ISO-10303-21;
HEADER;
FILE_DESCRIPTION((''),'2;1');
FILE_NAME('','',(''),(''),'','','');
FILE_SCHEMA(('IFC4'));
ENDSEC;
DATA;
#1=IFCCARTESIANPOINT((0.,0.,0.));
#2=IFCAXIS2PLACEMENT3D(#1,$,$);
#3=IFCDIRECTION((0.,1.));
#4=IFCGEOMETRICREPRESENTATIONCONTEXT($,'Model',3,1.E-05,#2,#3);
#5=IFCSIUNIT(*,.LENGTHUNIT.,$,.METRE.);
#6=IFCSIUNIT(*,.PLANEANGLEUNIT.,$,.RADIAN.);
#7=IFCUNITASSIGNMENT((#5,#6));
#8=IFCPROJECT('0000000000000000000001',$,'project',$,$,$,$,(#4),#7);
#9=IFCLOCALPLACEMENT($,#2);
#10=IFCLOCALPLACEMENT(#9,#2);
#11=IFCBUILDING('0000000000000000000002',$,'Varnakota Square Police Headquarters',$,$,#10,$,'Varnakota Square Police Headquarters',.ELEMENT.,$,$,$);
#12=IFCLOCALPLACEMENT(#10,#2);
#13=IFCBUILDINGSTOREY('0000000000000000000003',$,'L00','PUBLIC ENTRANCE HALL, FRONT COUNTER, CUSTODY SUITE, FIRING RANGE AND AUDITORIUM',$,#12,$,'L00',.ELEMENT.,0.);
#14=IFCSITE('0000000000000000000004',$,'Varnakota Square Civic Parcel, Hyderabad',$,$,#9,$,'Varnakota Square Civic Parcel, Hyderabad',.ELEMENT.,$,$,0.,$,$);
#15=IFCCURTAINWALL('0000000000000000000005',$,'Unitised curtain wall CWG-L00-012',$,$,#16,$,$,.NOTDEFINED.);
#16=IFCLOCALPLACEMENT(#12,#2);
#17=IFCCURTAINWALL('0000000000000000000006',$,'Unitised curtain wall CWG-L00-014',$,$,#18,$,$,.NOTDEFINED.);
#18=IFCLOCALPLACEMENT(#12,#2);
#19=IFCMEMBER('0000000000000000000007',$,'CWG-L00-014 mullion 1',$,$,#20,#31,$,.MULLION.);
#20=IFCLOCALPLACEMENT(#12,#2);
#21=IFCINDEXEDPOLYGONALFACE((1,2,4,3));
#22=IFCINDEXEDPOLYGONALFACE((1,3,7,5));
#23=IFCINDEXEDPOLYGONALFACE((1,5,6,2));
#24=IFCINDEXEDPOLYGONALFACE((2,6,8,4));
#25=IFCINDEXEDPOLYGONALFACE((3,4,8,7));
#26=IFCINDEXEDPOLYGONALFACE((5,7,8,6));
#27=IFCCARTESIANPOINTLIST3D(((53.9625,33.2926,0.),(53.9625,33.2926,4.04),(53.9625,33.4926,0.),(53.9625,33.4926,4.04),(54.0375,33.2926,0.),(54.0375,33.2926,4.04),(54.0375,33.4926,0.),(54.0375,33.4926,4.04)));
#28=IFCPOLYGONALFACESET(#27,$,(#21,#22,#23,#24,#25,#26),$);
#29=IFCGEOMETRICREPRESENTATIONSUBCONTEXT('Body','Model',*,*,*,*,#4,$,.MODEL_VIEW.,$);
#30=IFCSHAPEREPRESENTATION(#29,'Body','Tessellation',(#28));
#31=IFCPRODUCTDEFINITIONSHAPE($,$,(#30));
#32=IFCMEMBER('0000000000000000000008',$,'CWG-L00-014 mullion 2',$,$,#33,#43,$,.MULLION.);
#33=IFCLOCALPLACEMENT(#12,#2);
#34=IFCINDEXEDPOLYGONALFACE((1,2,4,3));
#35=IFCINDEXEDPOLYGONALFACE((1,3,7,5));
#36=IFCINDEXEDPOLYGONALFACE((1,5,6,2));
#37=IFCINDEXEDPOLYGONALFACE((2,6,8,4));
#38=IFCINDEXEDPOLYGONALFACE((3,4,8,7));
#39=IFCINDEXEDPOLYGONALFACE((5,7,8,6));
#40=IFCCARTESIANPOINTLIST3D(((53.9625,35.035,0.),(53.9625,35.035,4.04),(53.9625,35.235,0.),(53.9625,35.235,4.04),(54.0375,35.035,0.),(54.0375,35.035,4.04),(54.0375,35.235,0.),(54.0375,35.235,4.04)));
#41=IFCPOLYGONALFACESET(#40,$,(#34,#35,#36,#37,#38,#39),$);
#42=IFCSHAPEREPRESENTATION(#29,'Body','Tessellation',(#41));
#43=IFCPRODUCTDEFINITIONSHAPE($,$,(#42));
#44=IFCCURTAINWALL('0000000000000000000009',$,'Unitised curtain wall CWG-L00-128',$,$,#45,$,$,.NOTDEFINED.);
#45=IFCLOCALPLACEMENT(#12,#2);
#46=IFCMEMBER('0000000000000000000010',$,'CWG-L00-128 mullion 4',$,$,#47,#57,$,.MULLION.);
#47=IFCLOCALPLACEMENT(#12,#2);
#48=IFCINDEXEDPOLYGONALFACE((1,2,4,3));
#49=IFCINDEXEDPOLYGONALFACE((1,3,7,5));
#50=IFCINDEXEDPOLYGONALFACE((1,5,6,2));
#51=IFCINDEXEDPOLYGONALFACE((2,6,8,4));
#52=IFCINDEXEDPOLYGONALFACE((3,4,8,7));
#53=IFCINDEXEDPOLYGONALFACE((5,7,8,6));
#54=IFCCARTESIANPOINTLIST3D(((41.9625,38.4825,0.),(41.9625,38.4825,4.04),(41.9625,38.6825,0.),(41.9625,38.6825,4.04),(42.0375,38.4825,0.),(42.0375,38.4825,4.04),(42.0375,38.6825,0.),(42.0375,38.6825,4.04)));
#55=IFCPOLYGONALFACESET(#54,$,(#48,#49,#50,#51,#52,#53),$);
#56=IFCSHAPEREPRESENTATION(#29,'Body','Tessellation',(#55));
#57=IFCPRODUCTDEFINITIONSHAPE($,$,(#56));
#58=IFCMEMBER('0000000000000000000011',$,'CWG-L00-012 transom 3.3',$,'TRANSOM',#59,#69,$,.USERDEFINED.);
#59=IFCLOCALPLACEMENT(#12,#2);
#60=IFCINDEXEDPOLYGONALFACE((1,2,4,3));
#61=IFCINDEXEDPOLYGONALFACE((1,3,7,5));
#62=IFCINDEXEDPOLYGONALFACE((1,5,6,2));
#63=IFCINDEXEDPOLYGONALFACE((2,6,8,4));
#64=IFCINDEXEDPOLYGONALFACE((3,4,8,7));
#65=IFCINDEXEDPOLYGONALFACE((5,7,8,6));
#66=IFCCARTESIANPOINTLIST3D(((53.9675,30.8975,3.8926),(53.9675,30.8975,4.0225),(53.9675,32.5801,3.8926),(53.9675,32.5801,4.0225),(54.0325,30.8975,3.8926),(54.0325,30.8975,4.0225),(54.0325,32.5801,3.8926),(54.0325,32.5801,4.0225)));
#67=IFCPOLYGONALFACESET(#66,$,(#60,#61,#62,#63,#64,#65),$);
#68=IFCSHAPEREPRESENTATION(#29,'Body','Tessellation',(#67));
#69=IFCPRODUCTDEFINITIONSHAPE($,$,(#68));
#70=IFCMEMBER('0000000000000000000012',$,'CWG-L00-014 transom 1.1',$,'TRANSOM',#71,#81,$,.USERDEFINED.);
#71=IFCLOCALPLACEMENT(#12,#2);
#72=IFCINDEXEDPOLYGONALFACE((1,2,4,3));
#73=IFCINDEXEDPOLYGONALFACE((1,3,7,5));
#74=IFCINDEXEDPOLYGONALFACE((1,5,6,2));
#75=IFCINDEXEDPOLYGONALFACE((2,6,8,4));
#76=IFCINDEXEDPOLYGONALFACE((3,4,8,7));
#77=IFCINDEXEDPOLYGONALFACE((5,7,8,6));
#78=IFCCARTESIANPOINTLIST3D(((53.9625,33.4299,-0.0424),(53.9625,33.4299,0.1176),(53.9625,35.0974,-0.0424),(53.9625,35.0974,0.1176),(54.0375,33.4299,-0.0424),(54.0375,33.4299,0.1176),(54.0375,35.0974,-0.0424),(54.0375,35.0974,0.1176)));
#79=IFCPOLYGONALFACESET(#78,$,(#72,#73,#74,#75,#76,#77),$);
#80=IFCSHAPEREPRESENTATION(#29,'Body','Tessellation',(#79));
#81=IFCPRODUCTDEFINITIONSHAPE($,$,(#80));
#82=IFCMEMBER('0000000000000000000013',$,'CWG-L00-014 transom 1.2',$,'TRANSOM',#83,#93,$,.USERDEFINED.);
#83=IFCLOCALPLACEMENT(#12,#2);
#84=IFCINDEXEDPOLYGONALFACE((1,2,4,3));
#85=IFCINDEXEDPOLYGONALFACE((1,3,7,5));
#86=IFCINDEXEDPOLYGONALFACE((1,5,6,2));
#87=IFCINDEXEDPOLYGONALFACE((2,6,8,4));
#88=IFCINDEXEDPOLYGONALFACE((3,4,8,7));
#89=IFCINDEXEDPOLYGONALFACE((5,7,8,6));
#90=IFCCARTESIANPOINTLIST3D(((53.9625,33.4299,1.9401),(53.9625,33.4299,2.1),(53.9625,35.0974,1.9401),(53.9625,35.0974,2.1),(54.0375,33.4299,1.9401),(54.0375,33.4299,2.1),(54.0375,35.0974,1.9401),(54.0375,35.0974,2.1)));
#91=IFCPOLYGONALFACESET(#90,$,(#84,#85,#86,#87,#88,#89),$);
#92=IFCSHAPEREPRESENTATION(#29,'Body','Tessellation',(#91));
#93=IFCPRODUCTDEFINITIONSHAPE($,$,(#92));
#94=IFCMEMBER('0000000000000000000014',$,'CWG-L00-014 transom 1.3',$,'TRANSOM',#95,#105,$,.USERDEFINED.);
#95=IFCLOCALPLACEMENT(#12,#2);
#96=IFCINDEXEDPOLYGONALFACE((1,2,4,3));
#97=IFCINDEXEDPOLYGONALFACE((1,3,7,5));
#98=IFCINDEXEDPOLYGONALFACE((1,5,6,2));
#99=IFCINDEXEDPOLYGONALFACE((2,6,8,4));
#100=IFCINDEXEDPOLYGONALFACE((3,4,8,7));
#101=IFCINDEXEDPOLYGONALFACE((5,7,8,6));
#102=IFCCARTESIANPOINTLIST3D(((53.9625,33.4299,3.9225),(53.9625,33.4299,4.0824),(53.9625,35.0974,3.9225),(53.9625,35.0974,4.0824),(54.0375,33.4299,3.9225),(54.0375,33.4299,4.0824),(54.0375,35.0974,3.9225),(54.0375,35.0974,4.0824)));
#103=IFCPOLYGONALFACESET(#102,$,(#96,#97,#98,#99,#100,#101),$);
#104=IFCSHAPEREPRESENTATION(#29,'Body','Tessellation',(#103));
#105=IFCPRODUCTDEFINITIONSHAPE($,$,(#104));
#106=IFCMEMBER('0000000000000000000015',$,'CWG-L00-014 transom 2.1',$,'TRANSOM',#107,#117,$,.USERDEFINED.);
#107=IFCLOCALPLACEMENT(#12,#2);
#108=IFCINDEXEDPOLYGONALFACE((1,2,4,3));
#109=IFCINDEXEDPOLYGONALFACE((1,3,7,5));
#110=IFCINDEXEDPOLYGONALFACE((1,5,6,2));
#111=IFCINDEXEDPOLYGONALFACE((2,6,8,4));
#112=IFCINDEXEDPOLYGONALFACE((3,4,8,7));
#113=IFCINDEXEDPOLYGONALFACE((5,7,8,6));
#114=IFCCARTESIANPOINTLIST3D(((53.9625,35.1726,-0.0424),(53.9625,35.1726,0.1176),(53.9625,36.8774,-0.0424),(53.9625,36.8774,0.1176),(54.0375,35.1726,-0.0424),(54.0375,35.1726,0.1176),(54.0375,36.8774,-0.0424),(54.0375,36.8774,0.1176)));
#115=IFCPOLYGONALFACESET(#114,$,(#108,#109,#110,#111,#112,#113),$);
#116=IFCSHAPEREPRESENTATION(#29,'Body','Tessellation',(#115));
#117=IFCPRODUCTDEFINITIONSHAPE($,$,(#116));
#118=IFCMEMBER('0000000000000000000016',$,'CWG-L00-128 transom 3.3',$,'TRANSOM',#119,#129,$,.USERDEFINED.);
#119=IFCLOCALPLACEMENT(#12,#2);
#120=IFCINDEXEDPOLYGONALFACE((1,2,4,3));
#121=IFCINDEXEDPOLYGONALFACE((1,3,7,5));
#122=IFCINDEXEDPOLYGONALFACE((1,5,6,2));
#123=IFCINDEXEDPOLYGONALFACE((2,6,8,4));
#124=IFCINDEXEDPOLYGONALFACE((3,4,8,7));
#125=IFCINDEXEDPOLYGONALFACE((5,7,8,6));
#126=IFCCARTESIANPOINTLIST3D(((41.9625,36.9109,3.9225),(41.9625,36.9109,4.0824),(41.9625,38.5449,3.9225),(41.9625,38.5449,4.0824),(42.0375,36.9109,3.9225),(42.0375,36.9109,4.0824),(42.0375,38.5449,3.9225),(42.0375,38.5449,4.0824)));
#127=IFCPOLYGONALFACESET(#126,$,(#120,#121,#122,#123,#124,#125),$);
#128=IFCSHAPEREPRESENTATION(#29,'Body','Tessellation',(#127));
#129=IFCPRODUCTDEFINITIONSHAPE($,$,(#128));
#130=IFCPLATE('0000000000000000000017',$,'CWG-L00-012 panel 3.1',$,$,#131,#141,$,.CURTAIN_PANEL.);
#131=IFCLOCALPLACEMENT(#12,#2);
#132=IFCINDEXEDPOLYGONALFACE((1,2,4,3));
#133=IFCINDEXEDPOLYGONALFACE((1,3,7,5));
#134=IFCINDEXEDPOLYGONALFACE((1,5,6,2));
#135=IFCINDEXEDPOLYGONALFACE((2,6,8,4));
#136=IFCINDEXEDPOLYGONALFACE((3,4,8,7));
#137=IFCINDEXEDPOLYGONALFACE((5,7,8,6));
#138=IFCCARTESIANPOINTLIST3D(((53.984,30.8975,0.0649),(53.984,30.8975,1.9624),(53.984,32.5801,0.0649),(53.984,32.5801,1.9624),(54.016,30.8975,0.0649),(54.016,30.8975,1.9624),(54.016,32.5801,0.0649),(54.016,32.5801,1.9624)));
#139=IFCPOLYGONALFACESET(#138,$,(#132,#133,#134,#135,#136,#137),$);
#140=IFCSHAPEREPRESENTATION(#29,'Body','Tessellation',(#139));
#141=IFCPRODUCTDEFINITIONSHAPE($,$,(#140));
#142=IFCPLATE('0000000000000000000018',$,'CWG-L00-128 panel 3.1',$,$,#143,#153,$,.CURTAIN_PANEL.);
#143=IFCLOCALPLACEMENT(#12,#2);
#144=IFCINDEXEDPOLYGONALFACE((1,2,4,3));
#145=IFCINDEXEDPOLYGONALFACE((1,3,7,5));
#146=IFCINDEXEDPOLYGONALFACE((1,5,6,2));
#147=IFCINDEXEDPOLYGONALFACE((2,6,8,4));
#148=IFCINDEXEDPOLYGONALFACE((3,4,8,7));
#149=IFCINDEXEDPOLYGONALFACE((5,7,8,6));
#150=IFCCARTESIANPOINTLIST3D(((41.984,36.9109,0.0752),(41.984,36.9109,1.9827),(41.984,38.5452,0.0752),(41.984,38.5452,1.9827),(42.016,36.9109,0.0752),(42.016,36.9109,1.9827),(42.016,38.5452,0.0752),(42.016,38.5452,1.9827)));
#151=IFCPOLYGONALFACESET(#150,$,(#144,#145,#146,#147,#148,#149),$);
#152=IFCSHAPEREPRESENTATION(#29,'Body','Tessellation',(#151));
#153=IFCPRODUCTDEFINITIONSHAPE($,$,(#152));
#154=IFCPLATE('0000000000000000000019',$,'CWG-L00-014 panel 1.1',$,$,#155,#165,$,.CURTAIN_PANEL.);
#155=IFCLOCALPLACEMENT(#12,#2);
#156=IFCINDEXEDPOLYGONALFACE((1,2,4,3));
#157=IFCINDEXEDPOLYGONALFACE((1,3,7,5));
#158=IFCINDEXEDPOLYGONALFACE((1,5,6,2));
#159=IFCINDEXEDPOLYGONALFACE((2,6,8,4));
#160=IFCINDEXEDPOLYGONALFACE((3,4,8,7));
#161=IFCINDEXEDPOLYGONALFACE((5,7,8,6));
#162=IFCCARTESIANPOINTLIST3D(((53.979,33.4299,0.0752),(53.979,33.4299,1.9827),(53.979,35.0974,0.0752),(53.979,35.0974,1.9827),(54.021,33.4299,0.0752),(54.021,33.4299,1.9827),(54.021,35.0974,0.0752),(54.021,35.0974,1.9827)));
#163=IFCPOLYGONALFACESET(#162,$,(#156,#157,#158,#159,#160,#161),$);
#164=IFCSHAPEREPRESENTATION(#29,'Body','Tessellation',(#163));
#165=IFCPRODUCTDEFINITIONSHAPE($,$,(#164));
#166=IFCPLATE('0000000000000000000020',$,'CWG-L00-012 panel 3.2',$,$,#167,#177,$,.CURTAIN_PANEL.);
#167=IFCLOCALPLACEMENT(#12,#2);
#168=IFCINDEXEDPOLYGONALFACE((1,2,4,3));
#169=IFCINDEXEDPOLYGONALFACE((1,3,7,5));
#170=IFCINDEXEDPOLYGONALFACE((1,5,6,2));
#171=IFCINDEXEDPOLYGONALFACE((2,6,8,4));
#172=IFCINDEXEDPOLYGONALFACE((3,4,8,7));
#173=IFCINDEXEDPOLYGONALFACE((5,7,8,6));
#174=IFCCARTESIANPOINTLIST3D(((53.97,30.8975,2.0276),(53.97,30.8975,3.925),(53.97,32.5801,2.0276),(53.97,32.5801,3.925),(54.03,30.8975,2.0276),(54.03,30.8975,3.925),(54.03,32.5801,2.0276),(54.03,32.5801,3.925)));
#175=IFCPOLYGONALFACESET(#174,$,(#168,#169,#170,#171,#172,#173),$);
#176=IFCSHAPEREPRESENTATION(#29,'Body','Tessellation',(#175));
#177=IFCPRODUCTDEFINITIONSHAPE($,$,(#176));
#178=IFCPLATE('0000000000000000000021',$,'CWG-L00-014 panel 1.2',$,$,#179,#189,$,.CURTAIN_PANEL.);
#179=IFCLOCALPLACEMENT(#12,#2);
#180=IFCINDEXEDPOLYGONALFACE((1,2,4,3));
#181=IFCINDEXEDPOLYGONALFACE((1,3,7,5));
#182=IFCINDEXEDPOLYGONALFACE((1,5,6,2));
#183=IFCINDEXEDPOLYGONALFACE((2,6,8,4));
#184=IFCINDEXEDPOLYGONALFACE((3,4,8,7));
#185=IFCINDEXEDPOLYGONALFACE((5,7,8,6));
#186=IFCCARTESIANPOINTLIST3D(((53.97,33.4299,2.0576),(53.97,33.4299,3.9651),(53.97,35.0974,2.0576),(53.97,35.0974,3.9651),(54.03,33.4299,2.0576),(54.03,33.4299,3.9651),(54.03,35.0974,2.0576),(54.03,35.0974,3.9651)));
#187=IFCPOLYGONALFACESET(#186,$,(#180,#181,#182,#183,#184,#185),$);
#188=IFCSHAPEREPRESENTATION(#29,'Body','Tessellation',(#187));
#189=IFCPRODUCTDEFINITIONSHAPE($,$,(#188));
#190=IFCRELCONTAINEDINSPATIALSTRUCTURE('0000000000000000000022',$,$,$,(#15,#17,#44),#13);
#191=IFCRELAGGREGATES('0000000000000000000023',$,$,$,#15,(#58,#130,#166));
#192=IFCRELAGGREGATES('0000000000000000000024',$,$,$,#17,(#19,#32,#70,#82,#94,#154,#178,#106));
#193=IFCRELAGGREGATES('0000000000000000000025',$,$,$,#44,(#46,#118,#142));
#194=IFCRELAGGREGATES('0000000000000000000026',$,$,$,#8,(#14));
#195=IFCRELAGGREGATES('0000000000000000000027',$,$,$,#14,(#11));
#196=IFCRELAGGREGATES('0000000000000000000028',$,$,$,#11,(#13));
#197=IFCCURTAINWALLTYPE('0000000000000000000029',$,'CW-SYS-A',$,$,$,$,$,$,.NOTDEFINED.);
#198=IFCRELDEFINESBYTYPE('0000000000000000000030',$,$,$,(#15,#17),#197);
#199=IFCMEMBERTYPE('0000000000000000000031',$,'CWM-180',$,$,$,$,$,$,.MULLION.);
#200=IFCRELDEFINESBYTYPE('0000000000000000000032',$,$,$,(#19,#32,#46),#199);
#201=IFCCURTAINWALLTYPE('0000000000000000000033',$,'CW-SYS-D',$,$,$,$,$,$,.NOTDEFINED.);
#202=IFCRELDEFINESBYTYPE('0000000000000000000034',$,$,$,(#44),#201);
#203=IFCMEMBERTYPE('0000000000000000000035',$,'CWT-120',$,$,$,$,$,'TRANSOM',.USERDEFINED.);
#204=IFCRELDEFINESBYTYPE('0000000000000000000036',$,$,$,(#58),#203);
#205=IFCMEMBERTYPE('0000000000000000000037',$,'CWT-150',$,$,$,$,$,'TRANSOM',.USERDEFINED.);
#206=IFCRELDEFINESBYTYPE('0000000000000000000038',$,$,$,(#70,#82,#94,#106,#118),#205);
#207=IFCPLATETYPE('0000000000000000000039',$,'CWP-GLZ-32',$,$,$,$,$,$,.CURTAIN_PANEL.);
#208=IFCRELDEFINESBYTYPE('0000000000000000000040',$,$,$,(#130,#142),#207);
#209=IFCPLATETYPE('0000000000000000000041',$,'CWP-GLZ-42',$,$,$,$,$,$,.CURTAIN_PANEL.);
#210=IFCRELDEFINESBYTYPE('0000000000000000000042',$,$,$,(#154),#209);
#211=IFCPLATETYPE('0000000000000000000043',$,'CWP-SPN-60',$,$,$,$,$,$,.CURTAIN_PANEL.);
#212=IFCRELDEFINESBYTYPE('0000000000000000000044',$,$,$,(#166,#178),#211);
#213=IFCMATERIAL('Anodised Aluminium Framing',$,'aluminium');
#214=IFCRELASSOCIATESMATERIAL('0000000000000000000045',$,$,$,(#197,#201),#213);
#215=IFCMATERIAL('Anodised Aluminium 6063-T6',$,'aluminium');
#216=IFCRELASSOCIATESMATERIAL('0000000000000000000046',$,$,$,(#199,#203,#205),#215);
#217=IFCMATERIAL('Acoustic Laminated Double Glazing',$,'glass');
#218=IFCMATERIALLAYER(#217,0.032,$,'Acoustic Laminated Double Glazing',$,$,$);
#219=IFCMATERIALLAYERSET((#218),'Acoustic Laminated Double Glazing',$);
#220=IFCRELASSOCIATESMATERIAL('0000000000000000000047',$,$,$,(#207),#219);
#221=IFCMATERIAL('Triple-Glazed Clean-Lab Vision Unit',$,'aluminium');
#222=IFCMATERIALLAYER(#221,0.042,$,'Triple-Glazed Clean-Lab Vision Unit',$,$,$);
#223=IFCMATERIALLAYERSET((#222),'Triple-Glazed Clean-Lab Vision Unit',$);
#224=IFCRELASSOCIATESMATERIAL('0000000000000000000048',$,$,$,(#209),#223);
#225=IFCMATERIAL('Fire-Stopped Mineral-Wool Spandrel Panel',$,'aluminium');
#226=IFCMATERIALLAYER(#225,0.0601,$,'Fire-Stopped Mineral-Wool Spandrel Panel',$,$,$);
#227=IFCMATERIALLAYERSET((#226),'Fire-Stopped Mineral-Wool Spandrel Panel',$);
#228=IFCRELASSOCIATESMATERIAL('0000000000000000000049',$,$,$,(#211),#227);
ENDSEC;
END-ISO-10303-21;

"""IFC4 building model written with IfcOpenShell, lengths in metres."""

from ifc_helpers import new_model, si_unit, direction, frame, origin, origin_2d, place, context, subcontext, project, spatial, rectangle, extrude, material, layer, layer_set, material_profile, profile_set, type_object, element, aggregate, save


model = new_model("IFC4")

# Units and contexts
model_context = context("Model", 3, precision=1e-05, world=origin(), true_north=direction((0.0, 1.0)))
body_context = subcontext(model_context, "Body", "Model", "MODEL_VIEW")
ifc_project = project(units=[si_unit("LENGTHUNIT", "METRE"), si_unit("PLANEANGLEUNIT", "RADIAN")], contexts=[model_context])

# Site, building, storey
site_placement = place(None, origin())
site = spatial("IfcSite", under=ifc_project, at=site_placement, Name="Varnakota Square Civic Parcel, Hyderabad", LongName="Varnakota Square Civic Parcel, Hyderabad", CompositionType="ELEMENT", RefElevation=0.0)
building_placement = place(site_placement, origin())
building = spatial("IfcBuilding", under=site, at=building_placement, Name="Varnakota Square Police Headquarters", LongName="Varnakota Square Police Headquarters", CompositionType="ELEMENT")
storey_placement = place(building_placement, origin())
storey = spatial("IfcBuildingStorey", under=building, at=storey_placement, Name="L00", Description="PUBLIC ENTRANCE HALL, FRONT COUNTER, CUSTODY SUITE, FIRING RANGE AND AUDITORIUM", LongName="L00", CompositionType="ELEMENT", Elevation=0.0)

# Curtain wall
ifc_material_1 = material(Name="Anodised Aluminium Framing", Category="aluminium")
curtain_wall_type_1 = type_object("IfcCurtainWallType", Name="CW-SYS-A", PredefinedType="NOTDEFINED", material=ifc_material_1)
curtain_wall_1_placement = place(storey_placement, origin())
curtain_wall_1 = element("IfcCurtainWall", 1, at=curtain_wall_1_placement, inside=storey, type_object=curtain_wall_type_1, Name="Unitised curtain wall CWG-L00-012", PredefinedType="NOTDEFINED")
ifc_material_2 = material(Name="Anodised Aluminium 6063-T6", Category="aluminium")

# Curtain wall, members
curtain_wall_2_placement = place(storey_placement, origin())
curtain_wall_2 = element("IfcCurtainWall", 2, at=curtain_wall_2_placement, inside=storey, type_object=curtain_wall_type_1, Name="Unitised curtain wall CWG-L00-014", PredefinedType="NOTDEFINED")
ifc_material_profile_1 = material_profile(ifc_material_2, rectangle(XDim=0.075, YDim=0.2, at=origin_2d()), Name="ALU MULLION 75x200")
ifc_profile_set_1 = profile_set([ifc_material_profile_1], Name="Anodised Aluminium 6063-T6")
member_type_1 = type_object("IfcMemberType", Name="CWM-180", PredefinedType="MULLION", material=ifc_profile_set_1)
member_1_placement = place(storey_placement, frame((54.0, 33.3926, 0.0), z_axis=(0.0, 0.0, 1.0), x_axis=(-1.0, 0.0, 0.0)))
member_1 = element("IfcMember", 3, at=member_1_placement, type_object=member_type_1, Name="CWG-L00-014 mullion 1", PredefinedType="MULLION", context=body_context, shape_type="SweptSolid", body=[
    extrude(rectangle(XDim=0.075, YDim=0.2, at=origin_2d()), origin(), (0.0, 0.0, 1.0), 4.04),
])
member_2_placement = place(storey_placement, frame((54.0, 35.135, 0.0), z_axis=(0.0, 0.0, 1.0), x_axis=(-1.0, 0.0, 0.0)))
member_2 = element("IfcMember", 4, at=member_2_placement, type_object=member_type_1, Name="CWG-L00-014 mullion 2", PredefinedType="MULLION", context=body_context, shape_type="SweptSolid", body=[
    extrude(rectangle(XDim=0.075, YDim=0.2, at=origin_2d()), origin(), (0.0, 0.0, 1.0), 4.04),
])

# Curtain wall, member
curtain_wall_type_2 = type_object("IfcCurtainWallType", Name="CW-SYS-D", PredefinedType="NOTDEFINED", material=ifc_material_1)
curtain_wall_3_placement = place(storey_placement, origin())
curtain_wall_3 = element("IfcCurtainWall", 5, at=curtain_wall_3_placement, inside=storey, type_object=curtain_wall_type_2, Name="Unitised curtain wall CWG-L00-128", PredefinedType="NOTDEFINED")
member_3_placement = place(storey_placement, frame((42.0, 38.5825, 0.0), z_axis=(0.0, 0.0, 1.0), x_axis=(-1.0, 0.0, 0.0)))
member_3 = element("IfcMember", 6, at=member_3_placement, type_object=member_type_1, Name="CWG-L00-128 mullion 4", PredefinedType="MULLION", context=body_context, shape_type="SweptSolid", body=[
    extrude(rectangle(XDim=0.075, YDim=0.2, at=origin_2d()), origin(), (0.0, 0.0, 1.0), 4.04),
])

# Members
ifc_material_profile_2 = material_profile(ifc_material_2, rectangle(XDim=0.0649, YDim=0.1299, at=origin_2d()), Name="ALU TRANSOM 65x130")
ifc_profile_set_2 = profile_set([ifc_material_profile_2], Name="Anodised Aluminium 6063-T6")
member_type_2 = type_object("IfcMemberType", Name="CWT-120", ElementType="TRANSOM", PredefinedType="USERDEFINED", material=ifc_profile_set_2)
member_4_placement = place(storey_placement, frame((54.0, 30.8975, 3.9575), z_axis=(0.0, 1.0, 0.0), x_axis=(-1.0, 0.0, 0.0)))
member_4 = element("IfcMember", 7, at=member_4_placement, type_object=member_type_2, Name="CWG-L00-012 transom 3.3", ObjectType="TRANSOM", PredefinedType="USERDEFINED", context=body_context, shape_type="SweptSolid", body=[
    extrude(rectangle(XDim=0.0649, YDim=0.1299, at=origin_2d()), origin(), (0.0, 0.0, 1.0), 1.6826),
])
ifc_material_profile_3 = material_profile(ifc_material_2, rectangle(XDim=0.075, YDim=0.1599, at=origin_2d()), Name="ALU TRANSOM 75x160")
ifc_profile_set_3 = profile_set([ifc_material_profile_3], Name="Anodised Aluminium 6063-T6")
member_type_3 = type_object("IfcMemberType", Name="CWT-150", ElementType="TRANSOM", PredefinedType="USERDEFINED", material=ifc_profile_set_3)
member_5_placement = place(storey_placement, frame((54.0, 33.4299, 0.0376), z_axis=(0.0, 1.0, 0.0), x_axis=(-1.0, 0.0, 0.0)))
member_5 = element("IfcMember", 8, at=member_5_placement, type_object=member_type_3, Name="CWG-L00-014 transom 1.1", ObjectType="TRANSOM", PredefinedType="USERDEFINED", context=body_context, shape_type="SweptSolid", body=[
    extrude(rectangle(XDim=0.075, YDim=0.1599, at=origin_2d()), origin(), (0.0, 0.0, 1.0), 1.6675),
])
member_6_placement = place(storey_placement, frame((54.0, 33.4299, 2.02), z_axis=(0.0, 1.0, 0.0), x_axis=(-1.0, 0.0, 0.0)))
member_6 = element("IfcMember", 9, at=member_6_placement, type_object=member_type_3, Name="CWG-L00-014 transom 1.2", ObjectType="TRANSOM", PredefinedType="USERDEFINED", context=body_context, shape_type="SweptSolid", body=[
    extrude(rectangle(XDim=0.075, YDim=0.1599, at=origin_2d()), origin(), (0.0, 0.0, 1.0), 1.6675),
])
member_7_placement = place(storey_placement, frame((54.0, 33.4299, 4.0024), z_axis=(0.0, 1.0, 0.0), x_axis=(-1.0, 0.0, 0.0)))
member_7 = element("IfcMember", 10, at=member_7_placement, type_object=member_type_3, Name="CWG-L00-014 transom 1.3", ObjectType="TRANSOM", PredefinedType="USERDEFINED", context=body_context, shape_type="SweptSolid", body=[
    extrude(rectangle(XDim=0.075, YDim=0.1599, at=origin_2d()), origin(), (0.0, 0.0, 1.0), 1.6675),
])
member_8_placement = place(storey_placement, frame((54.0, 35.1726, 0.0376), z_axis=(0.0, 1.0, 0.0), x_axis=(-1.0, 0.0, 0.0)))
member_8 = element("IfcMember", 11, at=member_8_placement, type_object=member_type_3, Name="CWG-L00-014 transom 2.1", ObjectType="TRANSOM", PredefinedType="USERDEFINED", context=body_context, shape_type="SweptSolid", body=[
    extrude(rectangle(XDim=0.075, YDim=0.1599, at=origin_2d()), origin(), (0.0, 0.0, 1.0), 1.7048),
])
member_9_placement = place(storey_placement, frame((42.0, 36.9109, 4.0024), z_axis=(0.0, 1.0, 0.0), x_axis=(-1.0, 0.0, 0.0)))
member_9 = element("IfcMember", 12, at=member_9_placement, type_object=member_type_3, Name="CWG-L00-128 transom 3.3", ObjectType="TRANSOM", PredefinedType="USERDEFINED", context=body_context, shape_type="SweptSolid", body=[
    extrude(rectangle(XDim=0.075, YDim=0.1599, at=origin_2d()), origin(), (0.0, 0.0, 1.0), 1.634),
])

# Plates
ifc_material_3 = material(Name="Acoustic Laminated Double Glazing", Category="glass")
ifc_layer_1 = layer(ifc_material_3, 0.032, Name="Acoustic Laminated Double Glazing")
ifc_layer_set_1 = layer_set([ifc_layer_1], Name="Acoustic Laminated Double Glazing")
plate_type_1 = type_object("IfcPlateType", Name="CWP-GLZ-32", PredefinedType="CURTAIN_PANEL", material=ifc_layer_set_1)
plate_1_placement = place(storey_placement, frame((54.0, 31.7388, 0.0649), z_axis=(0.0, 0.0, 1.0), x_axis=(0.0, 1.0, 0.0)))
plate_1 = element("IfcPlate", 13, at=plate_1_placement, type_object=plate_type_1, Name="CWG-L00-012 panel 3.1", PredefinedType="CURTAIN_PANEL", context=body_context, shape_type="SweptSolid", body=[
    extrude(rectangle(XDim=1.6826, YDim=0.032, at=origin_2d()), origin(), (0.0, 0.0, 1.0), 1.8975),
])
plate_2_placement = place(storey_placement, frame((42.0, 37.728, 0.0752), z_axis=(0.0, 0.0, 1.0), x_axis=(0.0, 1.0, 0.0)))
plate_2 = element("IfcPlate", 14, at=plate_2_placement, type_object=plate_type_1, Name="CWG-L00-128 panel 3.1", PredefinedType="CURTAIN_PANEL", context=body_context, shape_type="SweptSolid", body=[
    extrude(rectangle(XDim=1.6343, YDim=0.032, at=origin_2d()), origin(), (0.0, 0.0, 1.0), 1.9075),
])
ifc_material_4 = material(Name="Triple-Glazed Clean-Lab Vision Unit", Category="aluminium")
ifc_layer_2 = layer(ifc_material_4, 0.042, Name="Triple-Glazed Clean-Lab Vision Unit")
ifc_layer_set_2 = layer_set([ifc_layer_2], Name="Triple-Glazed Clean-Lab Vision Unit")
plate_type_2 = type_object("IfcPlateType", Name="CWP-GLZ-42", PredefinedType="CURTAIN_PANEL", material=ifc_layer_set_2)
plate_3_placement = place(storey_placement, frame((54.0, 34.2637, 0.0752), z_axis=(0.0, 0.0, 1.0), x_axis=(0.0, 1.0, 0.0)))
plate_3 = element("IfcPlate", 15, at=plate_3_placement, type_object=plate_type_2, Name="CWG-L00-014 panel 1.1", PredefinedType="CURTAIN_PANEL", context=body_context, shape_type="SweptSolid", body=[
    extrude(rectangle(XDim=1.6675, YDim=0.042, at=origin_2d()), origin(), (0.0, 0.0, 1.0), 1.9075),
])
ifc_material_5 = material(Name="Fire-Stopped Mineral-Wool Spandrel Panel", Category="aluminium")
ifc_layer_3 = layer(ifc_material_5, 0.0601, Name="Fire-Stopped Mineral-Wool Spandrel Panel")
ifc_layer_set_3 = layer_set([ifc_layer_3], Name="Fire-Stopped Mineral-Wool Spandrel Panel")
plate_type_3 = type_object("IfcPlateType", Name="CWP-SPN-60", PredefinedType="CURTAIN_PANEL", material=ifc_layer_set_3)
plate_4_placement = place(storey_placement, frame((54.0, 31.7388, 2.0276), z_axis=(0.0, 0.0, 1.0), x_axis=(0.0, 1.0, 0.0)))
plate_4 = element("IfcPlate", 16, at=plate_4_placement, type_object=plate_type_3, Name="CWG-L00-012 panel 3.2", PredefinedType="CURTAIN_PANEL", context=body_context, shape_type="SweptSolid", body=[
    extrude(rectangle(XDim=1.6826, YDim=0.0601, at=origin_2d()), origin(), (0.0, 0.0, 1.0), 1.8975),
])
aggregate(curtain_wall_1, [member_4, plate_1, plate_4])
plate_5_placement = place(storey_placement, frame((54.0, 34.2637, 2.0576), z_axis=(0.0, 0.0, 1.0), x_axis=(0.0, 1.0, 0.0)))
plate_5 = element("IfcPlate", 17, at=plate_5_placement, type_object=plate_type_3, Name="CWG-L00-014 panel 1.2", PredefinedType="CURTAIN_PANEL", context=body_context, shape_type="SweptSolid", body=[
    extrude(rectangle(XDim=1.6675, YDim=0.0601, at=origin_2d()), origin(), (0.0, 0.0, 1.0), 1.9075),
])
aggregate(curtain_wall_2, [member_1, member_2, member_5, member_6, member_7, plate_3, plate_5, member_8])
aggregate(curtain_wall_3, [member_3, member_9, plate_2])

save(model, "model.ifc")
